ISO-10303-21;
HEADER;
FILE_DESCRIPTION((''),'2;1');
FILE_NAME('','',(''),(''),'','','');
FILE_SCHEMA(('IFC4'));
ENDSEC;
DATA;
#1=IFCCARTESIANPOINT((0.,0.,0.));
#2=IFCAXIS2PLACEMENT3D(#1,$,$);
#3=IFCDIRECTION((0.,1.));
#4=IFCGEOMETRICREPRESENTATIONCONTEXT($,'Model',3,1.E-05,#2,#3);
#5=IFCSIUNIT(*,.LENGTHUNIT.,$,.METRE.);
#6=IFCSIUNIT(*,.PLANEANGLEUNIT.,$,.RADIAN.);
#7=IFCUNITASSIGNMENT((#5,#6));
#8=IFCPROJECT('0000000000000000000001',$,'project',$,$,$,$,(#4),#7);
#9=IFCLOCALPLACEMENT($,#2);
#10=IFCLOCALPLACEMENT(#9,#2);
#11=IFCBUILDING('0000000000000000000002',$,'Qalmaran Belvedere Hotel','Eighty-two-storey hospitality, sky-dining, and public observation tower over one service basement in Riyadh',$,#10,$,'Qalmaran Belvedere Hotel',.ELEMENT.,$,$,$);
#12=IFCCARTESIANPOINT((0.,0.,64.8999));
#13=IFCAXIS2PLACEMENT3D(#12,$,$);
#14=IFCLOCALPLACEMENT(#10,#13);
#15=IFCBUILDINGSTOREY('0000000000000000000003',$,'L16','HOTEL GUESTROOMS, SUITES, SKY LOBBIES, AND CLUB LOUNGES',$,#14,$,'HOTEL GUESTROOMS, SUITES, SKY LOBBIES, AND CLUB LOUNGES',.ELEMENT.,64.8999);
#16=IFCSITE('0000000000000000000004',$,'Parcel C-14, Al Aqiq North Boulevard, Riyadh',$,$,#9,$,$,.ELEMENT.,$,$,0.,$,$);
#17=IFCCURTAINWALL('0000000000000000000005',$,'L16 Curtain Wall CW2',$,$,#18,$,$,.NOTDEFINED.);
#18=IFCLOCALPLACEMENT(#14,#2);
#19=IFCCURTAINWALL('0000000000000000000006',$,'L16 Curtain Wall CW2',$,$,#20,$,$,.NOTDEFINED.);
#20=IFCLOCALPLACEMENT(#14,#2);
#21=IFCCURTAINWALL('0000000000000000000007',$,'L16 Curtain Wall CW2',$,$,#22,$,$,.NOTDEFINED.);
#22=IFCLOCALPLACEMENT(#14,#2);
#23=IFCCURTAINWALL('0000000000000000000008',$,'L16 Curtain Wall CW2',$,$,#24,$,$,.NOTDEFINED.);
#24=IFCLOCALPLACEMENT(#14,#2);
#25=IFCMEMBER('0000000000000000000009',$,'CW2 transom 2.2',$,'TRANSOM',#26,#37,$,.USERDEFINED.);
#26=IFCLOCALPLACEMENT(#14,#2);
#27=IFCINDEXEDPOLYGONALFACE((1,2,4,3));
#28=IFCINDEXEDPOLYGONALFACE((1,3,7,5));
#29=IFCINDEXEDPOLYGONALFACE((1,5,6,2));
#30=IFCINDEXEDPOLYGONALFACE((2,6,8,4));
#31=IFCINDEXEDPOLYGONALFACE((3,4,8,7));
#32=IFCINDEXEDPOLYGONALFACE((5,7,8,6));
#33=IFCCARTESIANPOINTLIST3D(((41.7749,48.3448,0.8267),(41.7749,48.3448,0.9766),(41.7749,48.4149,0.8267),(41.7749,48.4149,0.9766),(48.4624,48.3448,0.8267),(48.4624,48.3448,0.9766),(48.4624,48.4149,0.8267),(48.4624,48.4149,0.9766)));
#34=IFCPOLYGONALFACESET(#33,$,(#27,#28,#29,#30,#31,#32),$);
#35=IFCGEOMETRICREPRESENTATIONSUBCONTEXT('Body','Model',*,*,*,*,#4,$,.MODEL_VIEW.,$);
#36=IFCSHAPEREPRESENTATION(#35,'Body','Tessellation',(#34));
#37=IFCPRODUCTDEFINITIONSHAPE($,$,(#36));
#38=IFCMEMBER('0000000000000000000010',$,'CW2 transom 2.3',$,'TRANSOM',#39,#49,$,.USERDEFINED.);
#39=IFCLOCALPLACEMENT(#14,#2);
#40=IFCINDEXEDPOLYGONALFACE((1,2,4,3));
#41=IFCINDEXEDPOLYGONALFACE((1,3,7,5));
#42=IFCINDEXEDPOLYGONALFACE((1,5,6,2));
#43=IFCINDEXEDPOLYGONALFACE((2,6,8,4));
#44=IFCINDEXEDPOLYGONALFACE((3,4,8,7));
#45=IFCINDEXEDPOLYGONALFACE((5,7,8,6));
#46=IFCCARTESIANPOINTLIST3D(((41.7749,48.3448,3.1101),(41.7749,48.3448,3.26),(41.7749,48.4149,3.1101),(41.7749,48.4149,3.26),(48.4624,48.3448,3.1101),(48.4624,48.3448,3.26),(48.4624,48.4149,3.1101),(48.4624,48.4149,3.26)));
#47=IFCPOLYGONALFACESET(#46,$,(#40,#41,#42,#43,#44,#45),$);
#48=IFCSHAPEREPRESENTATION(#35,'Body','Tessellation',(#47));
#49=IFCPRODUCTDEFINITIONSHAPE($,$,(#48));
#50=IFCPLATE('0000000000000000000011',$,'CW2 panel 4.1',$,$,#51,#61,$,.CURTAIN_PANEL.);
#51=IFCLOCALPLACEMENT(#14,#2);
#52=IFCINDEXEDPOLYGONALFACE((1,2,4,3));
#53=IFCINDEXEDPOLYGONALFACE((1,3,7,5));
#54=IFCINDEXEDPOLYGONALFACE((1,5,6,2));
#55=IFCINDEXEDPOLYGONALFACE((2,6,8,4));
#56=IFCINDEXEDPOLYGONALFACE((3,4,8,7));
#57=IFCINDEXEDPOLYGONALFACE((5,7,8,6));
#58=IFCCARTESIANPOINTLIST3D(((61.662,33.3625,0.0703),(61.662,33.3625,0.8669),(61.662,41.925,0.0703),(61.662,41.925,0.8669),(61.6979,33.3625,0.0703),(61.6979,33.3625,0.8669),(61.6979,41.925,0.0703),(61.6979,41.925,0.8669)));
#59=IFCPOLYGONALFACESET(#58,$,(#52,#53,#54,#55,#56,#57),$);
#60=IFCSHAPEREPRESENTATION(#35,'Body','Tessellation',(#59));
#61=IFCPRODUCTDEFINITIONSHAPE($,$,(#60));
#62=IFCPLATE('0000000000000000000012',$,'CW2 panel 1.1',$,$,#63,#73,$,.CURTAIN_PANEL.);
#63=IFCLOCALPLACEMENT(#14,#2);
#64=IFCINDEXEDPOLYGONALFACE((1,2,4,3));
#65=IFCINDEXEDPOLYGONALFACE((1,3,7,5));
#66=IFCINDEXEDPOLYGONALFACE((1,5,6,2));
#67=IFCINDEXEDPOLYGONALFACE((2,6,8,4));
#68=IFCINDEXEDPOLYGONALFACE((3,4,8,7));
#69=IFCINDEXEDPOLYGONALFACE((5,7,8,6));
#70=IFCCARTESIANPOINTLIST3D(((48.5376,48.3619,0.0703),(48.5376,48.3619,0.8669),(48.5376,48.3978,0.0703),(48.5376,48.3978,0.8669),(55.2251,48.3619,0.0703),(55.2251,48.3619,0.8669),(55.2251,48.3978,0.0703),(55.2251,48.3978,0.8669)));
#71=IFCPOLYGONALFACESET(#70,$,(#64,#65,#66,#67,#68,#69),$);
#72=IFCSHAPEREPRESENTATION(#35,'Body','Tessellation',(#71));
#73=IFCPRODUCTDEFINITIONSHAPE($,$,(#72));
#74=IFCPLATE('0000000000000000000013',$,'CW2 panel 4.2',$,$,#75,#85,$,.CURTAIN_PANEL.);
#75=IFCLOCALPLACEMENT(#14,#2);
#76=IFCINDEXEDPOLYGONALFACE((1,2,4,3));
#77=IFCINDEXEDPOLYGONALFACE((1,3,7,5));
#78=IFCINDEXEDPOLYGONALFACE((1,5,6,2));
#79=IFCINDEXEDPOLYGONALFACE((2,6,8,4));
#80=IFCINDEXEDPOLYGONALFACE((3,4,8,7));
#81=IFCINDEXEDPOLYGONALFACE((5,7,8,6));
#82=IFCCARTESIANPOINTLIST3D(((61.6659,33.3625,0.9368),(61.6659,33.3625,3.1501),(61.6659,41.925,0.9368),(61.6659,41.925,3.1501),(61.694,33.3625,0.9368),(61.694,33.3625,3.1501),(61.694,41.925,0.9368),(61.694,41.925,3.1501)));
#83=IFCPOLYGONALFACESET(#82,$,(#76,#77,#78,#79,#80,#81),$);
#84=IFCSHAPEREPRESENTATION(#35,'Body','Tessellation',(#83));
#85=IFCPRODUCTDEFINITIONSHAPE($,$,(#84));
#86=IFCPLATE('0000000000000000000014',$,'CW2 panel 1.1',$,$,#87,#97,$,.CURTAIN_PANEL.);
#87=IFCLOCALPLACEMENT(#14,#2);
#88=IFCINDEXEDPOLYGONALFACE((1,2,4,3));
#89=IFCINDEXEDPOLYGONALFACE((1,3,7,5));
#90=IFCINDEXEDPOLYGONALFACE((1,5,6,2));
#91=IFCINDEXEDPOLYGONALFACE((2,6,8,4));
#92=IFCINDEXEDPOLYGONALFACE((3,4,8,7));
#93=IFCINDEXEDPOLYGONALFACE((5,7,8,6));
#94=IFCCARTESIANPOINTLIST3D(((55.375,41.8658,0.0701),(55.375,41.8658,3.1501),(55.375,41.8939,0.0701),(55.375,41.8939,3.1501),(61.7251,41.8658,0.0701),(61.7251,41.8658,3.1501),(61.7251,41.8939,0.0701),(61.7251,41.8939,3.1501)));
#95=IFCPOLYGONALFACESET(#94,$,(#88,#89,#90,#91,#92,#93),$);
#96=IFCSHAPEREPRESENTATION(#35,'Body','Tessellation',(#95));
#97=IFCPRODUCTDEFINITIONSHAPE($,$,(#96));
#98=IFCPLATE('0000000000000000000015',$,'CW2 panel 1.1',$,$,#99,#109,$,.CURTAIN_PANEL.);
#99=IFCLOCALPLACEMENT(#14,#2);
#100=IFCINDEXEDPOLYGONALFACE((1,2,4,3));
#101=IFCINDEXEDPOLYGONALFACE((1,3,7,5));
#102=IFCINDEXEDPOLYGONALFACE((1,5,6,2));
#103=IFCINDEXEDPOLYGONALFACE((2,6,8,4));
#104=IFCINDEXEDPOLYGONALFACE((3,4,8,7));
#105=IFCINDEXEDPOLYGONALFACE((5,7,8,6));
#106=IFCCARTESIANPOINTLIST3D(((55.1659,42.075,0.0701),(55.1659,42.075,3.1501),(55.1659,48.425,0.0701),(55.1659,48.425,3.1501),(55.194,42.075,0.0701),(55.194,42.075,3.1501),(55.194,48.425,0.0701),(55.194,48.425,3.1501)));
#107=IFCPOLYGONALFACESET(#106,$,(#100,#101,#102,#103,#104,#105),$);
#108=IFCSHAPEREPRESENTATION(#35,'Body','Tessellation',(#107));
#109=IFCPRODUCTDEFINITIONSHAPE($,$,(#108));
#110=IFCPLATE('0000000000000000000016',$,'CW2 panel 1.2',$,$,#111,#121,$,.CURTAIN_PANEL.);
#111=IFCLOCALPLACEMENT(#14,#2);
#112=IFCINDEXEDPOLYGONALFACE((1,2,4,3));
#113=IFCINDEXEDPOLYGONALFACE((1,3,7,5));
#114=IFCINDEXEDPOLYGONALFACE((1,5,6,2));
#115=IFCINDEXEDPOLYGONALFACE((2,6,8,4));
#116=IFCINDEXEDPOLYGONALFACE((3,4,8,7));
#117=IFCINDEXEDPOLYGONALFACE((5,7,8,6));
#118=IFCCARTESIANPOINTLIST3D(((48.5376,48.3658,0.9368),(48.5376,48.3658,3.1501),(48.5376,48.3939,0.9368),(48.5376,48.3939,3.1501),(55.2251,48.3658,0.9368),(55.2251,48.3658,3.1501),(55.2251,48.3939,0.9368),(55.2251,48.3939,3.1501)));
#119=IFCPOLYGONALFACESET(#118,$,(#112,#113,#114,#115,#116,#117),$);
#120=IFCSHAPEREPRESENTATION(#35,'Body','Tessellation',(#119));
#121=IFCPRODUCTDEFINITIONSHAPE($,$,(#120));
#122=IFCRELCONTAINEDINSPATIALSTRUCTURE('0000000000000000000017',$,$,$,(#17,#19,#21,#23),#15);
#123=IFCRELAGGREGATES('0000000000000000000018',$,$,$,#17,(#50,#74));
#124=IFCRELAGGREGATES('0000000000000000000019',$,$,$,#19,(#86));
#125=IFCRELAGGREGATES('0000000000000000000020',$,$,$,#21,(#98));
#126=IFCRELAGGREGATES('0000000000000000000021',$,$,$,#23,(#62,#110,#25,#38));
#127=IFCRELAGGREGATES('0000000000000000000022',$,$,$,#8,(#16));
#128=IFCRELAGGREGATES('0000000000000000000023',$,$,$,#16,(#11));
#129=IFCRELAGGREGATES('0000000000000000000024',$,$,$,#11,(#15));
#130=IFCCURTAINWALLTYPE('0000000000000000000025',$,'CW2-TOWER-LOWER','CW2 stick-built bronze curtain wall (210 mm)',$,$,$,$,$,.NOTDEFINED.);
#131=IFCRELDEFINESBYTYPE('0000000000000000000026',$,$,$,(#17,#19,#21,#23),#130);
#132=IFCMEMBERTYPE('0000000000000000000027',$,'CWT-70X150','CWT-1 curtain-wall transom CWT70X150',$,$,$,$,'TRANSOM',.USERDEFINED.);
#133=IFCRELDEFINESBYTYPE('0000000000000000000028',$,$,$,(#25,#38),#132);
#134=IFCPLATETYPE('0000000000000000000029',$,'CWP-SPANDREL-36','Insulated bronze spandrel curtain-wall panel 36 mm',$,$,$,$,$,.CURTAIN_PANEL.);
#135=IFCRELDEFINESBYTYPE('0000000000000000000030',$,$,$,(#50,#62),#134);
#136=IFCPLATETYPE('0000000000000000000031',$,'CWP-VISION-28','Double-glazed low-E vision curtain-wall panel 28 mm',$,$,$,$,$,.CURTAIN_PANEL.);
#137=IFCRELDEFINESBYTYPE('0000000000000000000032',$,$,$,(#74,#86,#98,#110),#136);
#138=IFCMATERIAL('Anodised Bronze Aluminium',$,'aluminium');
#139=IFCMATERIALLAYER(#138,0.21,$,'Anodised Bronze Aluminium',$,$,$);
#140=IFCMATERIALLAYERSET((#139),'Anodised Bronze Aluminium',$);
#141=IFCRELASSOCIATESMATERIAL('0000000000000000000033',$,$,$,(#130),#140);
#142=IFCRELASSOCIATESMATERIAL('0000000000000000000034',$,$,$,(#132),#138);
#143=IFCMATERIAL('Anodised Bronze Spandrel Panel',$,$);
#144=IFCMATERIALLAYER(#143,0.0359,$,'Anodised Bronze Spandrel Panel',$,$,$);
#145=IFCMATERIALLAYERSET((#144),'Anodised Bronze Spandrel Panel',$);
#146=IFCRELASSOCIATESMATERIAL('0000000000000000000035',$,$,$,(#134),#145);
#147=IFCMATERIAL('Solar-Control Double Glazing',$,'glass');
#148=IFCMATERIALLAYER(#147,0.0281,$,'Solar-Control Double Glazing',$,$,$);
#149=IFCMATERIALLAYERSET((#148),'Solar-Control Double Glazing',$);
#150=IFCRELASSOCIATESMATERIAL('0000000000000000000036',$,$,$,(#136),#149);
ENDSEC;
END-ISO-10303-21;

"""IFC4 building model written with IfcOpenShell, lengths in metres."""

from ifc_helpers import new_model, si_unit, direction, frame, origin, origin_2d, place, context, subcontext, project, spatial, rectangle, extrude, material, layer, layer_set, material_profile, profile_set, type_object, element, aggregate, save


model = new_model("IFC4")

# Units and contexts
model_context = context("Model", 3, precision=1e-05, world=origin(), true_north=direction((0.0, 1.0)))
body_context = subcontext(model_context, "Body", "Model", "MODEL_VIEW")
ifc_project = project(units=[si_unit("LENGTHUNIT", "METRE"), si_unit("PLANEANGLEUNIT", "RADIAN")], contexts=[model_context])

# Site, building, storey
site_placement = place(None, origin())
site = spatial("IfcSite", under=ifc_project, at=site_placement, Name="Parcel C-14, Al Aqiq North Boulevard, Riyadh", CompositionType="ELEMENT", RefElevation=0.0)
building_placement = place(site_placement, origin())
building = spatial("IfcBuilding", under=site, at=building_placement, Name="Qalmaran Belvedere Hotel", Description="Eighty-two-storey hospitality, sky-dining, and public observation tower over one service basement in Riyadh", LongName="Qalmaran Belvedere Hotel", CompositionType="ELEMENT")
storey_placement = place(building_placement, frame((0.0, 0.0, 64.8999)))
storey = spatial("IfcBuildingStorey", under=building, at=storey_placement, Name="L16", Description="HOTEL GUESTROOMS, SUITES, SKY LOBBIES, AND CLUB LOUNGES", LongName="HOTEL GUESTROOMS, SUITES, SKY LOBBIES, AND CLUB LOUNGES", CompositionType="ELEMENT", Elevation=64.8999)

# Curtain wall
ifc_material_1 = material(Name="Anodised Bronze Aluminium", Category="aluminium")
ifc_layer_1 = layer(ifc_material_1, 0.21, Name="Anodised Bronze Aluminium")
ifc_layer_set_1 = layer_set([ifc_layer_1], Name="Anodised Bronze Aluminium")
curtain_wall_type = type_object("IfcCurtainWallType", Name="CW2-TOWER-LOWER", Description="CW2 stick-built bronze curtain wall (210 mm)", PredefinedType="NOTDEFINED", material=ifc_layer_set_1)
curtain_wall_1_placement = place(storey_placement, origin())
curtain_wall_1 = element("IfcCurtainWall", 1, at=curtain_wall_1_placement, inside=storey, type_object=curtain_wall_type, Name="L16 Curtain Wall CW2", PredefinedType="NOTDEFINED")

# Curtain walls
curtain_wall_2_placement = place(storey_placement, origin())
curtain_wall_2 = element("IfcCurtainWall", 2, at=curtain_wall_2_placement, inside=storey, type_object=curtain_wall_type, Name="L16 Curtain Wall CW2", PredefinedType="NOTDEFINED")
curtain_wall_3_placement = place(storey_placement, origin())
curtain_wall_3 = element("IfcCurtainWall", 3, at=curtain_wall_3_placement, inside=storey, type_object=curtain_wall_type, Name="L16 Curtain Wall CW2", PredefinedType="NOTDEFINED")
curtain_wall_4_placement = place(storey_placement, origin())
curtain_wall_4 = element("IfcCurtainWall", 4, at=curtain_wall_4_placement, inside=storey, type_object=curtain_wall_type, Name="L16 Curtain Wall CW2", PredefinedType="NOTDEFINED")

# Members
ifc_material_profile_1 = material_profile(ifc_material_1, rectangle(XDim=0.0701, YDim=0.1499, at=origin_2d()), Name="CWT70X150")
ifc_profile_set_1 = profile_set([ifc_material_profile_1], Name="Anodised Bronze Aluminium")
member_type_1 = type_object("IfcMemberType", Name="CWT-70X150", Description="CWT-1 curtain-wall transom CWT70X150", ElementType="TRANSOM", PredefinedType="USERDEFINED", material=ifc_profile_set_1)
member_1_placement = place(storey_placement, frame((48.4624, 48.3799, 0.9016), z_axis=(-1.0, 0.0, 0.0), x_axis=(0.0, -1.0, 0.0)))
member_1 = element("IfcMember", 5, at=member_1_placement, type_object=member_type_1, Name="CW2 transom 2.2", ObjectType="TRANSOM", PredefinedType="USERDEFINED", context=body_context, shape_type="SweptSolid", body=[
    extrude(rectangle(XDim=0.0701, YDim=0.1499, at=origin_2d()), origin(), (0.0, 0.0, 1.0), 6.6875),
])
member_2_placement = place(storey_placement, frame((48.4624, 48.3799, 3.1851), z_axis=(-1.0, 0.0, 0.0), x_axis=(0.0, -1.0, 0.0)))
member_2 = element("IfcMember", 6, at=member_2_placement, type_object=member_type_1, Name="CW2 transom 2.3", ObjectType="TRANSOM", PredefinedType="USERDEFINED", context=body_context, shape_type="SweptSolid", body=[
    extrude(rectangle(XDim=0.0701, YDim=0.1499, at=origin_2d()), origin(), (0.0, 0.0, 1.0), 6.6875),
])

# Plates
ifc_material_2 = material(Name="Anodised Bronze Spandrel Panel")
ifc_layer_2 = layer(ifc_material_2, 0.0359, Name="Anodised Bronze Spandrel Panel")
ifc_layer_set_2 = layer_set([ifc_layer_2], Name="Anodised Bronze Spandrel Panel")
plate_type_1 = type_object("IfcPlateType", Name="CWP-SPANDREL-36", Description="Insulated bronze spandrel curtain-wall panel 36 mm", PredefinedType="CURTAIN_PANEL", material=ifc_layer_set_2)
plate_1_placement = place(storey_placement, frame((61.6799, 37.6438, 0.0703), z_axis=(0.0, 0.0, 1.0), x_axis=(0.0, 1.0, 0.0)))
plate_1 = element("IfcPlate", 7, at=plate_1_placement, type_object=plate_type_1, Name="CW2 panel 4.1", PredefinedType="CURTAIN_PANEL", context=body_context, shape_type="SweptSolid", body=[
    extrude(rectangle(XDim=8.5625, YDim=0.0359, at=origin_2d()), origin(), (0.0, 0.0, 1.0), 0.7966),
])
plate_2_placement = place(storey_placement, frame((51.8813, 48.3799, 0.0703), z_axis=(0.0, 0.0, 1.0), x_axis=(-1.0, 0.0, 0.0)))
plate_2 = element("IfcPlate", 8, at=plate_2_placement, type_object=plate_type_1, Name="CW2 panel 1.1", PredefinedType="CURTAIN_PANEL", context=body_context, shape_type="SweptSolid", body=[
    extrude(rectangle(XDim=6.6875, YDim=0.0359, at=origin_2d()), origin(), (0.0, 0.0, 1.0), 0.7966),
])
ifc_material_3 = material(Name="Solar-Control Double Glazing", Category="glass")
ifc_layer_3 = layer(ifc_material_3, 0.0281, Name="Solar-Control Double Glazing")
ifc_layer_set_3 = layer_set([ifc_layer_3], Name="Solar-Control Double Glazing")
plate_type_2 = type_object("IfcPlateType", Name="CWP-VISION-28", Description="Double-glazed low-E vision curtain-wall panel 28 mm", PredefinedType="CURTAIN_PANEL", material=ifc_layer_set_3)
plate_3_placement = place(storey_placement, frame((61.6799, 37.6438, 0.9368), z_axis=(0.0, 0.0, 1.0), x_axis=(0.0, 1.0, 0.0)))
plate_3 = element("IfcPlate", 9, at=plate_3_placement, type_object=plate_type_2, Name="CW2 panel 4.2", PredefinedType="CURTAIN_PANEL", context=body_context, shape_type="SweptSolid", body=[
    extrude(rectangle(XDim=8.5625, YDim=0.0281, at=origin_2d()), origin(), (0.0, 0.0, 1.0), 2.2134),
])
aggregate(curtain_wall_1, [plate_1, plate_3])
plate_4_placement = place(storey_placement, frame((58.55, 41.8799, 0.0701), z_axis=(0.0, 0.0, 1.0), x_axis=(-1.0, 0.0, 0.0)))
plate_4 = element("IfcPlate", 10, at=plate_4_placement, type_object=plate_type_2, Name="CW2 panel 1.1", PredefinedType="CURTAIN_PANEL", context=body_context, shape_type="SweptSolid", body=[
    extrude(rectangle(XDim=6.3501, YDim=0.0281, at=origin_2d()), origin(), (0.0, 0.0, 1.0), 3.0801),
])
aggregate(curtain_wall_2, [plate_4])
plate_5_placement = place(storey_placement, frame((55.1799, 45.25, 0.0701), z_axis=(0.0, 0.0, 1.0), x_axis=(0.0, 1.0, 0.0)))
plate_5 = element("IfcPlate", 11, at=plate_5_placement, type_object=plate_type_2, Name="CW2 panel 1.1", PredefinedType="CURTAIN_PANEL", context=body_context, shape_type="SweptSolid", body=[
    extrude(rectangle(XDim=6.3501, YDim=0.0281, at=origin_2d()), origin(), (0.0, 0.0, 1.0), 3.0801),
])
aggregate(curtain_wall_3, [plate_5])
plate_6_placement = place(storey_placement, frame((51.8813, 48.3799, 0.9368), z_axis=(0.0, 0.0, 1.0), x_axis=(-1.0, 0.0, 0.0)))
plate_6 = element("IfcPlate", 12, at=plate_6_placement, type_object=plate_type_2, Name="CW2 panel 1.2", PredefinedType="CURTAIN_PANEL", context=body_context, shape_type="SweptSolid", body=[
    extrude(rectangle(XDim=6.6875, YDim=0.0281, at=origin_2d()), origin(), (0.0, 0.0, 1.0), 2.2134),
])
aggregate(curtain_wall_4, [plate_2, plate_6, member_1, member_2])

save(model, "model.ifc")
